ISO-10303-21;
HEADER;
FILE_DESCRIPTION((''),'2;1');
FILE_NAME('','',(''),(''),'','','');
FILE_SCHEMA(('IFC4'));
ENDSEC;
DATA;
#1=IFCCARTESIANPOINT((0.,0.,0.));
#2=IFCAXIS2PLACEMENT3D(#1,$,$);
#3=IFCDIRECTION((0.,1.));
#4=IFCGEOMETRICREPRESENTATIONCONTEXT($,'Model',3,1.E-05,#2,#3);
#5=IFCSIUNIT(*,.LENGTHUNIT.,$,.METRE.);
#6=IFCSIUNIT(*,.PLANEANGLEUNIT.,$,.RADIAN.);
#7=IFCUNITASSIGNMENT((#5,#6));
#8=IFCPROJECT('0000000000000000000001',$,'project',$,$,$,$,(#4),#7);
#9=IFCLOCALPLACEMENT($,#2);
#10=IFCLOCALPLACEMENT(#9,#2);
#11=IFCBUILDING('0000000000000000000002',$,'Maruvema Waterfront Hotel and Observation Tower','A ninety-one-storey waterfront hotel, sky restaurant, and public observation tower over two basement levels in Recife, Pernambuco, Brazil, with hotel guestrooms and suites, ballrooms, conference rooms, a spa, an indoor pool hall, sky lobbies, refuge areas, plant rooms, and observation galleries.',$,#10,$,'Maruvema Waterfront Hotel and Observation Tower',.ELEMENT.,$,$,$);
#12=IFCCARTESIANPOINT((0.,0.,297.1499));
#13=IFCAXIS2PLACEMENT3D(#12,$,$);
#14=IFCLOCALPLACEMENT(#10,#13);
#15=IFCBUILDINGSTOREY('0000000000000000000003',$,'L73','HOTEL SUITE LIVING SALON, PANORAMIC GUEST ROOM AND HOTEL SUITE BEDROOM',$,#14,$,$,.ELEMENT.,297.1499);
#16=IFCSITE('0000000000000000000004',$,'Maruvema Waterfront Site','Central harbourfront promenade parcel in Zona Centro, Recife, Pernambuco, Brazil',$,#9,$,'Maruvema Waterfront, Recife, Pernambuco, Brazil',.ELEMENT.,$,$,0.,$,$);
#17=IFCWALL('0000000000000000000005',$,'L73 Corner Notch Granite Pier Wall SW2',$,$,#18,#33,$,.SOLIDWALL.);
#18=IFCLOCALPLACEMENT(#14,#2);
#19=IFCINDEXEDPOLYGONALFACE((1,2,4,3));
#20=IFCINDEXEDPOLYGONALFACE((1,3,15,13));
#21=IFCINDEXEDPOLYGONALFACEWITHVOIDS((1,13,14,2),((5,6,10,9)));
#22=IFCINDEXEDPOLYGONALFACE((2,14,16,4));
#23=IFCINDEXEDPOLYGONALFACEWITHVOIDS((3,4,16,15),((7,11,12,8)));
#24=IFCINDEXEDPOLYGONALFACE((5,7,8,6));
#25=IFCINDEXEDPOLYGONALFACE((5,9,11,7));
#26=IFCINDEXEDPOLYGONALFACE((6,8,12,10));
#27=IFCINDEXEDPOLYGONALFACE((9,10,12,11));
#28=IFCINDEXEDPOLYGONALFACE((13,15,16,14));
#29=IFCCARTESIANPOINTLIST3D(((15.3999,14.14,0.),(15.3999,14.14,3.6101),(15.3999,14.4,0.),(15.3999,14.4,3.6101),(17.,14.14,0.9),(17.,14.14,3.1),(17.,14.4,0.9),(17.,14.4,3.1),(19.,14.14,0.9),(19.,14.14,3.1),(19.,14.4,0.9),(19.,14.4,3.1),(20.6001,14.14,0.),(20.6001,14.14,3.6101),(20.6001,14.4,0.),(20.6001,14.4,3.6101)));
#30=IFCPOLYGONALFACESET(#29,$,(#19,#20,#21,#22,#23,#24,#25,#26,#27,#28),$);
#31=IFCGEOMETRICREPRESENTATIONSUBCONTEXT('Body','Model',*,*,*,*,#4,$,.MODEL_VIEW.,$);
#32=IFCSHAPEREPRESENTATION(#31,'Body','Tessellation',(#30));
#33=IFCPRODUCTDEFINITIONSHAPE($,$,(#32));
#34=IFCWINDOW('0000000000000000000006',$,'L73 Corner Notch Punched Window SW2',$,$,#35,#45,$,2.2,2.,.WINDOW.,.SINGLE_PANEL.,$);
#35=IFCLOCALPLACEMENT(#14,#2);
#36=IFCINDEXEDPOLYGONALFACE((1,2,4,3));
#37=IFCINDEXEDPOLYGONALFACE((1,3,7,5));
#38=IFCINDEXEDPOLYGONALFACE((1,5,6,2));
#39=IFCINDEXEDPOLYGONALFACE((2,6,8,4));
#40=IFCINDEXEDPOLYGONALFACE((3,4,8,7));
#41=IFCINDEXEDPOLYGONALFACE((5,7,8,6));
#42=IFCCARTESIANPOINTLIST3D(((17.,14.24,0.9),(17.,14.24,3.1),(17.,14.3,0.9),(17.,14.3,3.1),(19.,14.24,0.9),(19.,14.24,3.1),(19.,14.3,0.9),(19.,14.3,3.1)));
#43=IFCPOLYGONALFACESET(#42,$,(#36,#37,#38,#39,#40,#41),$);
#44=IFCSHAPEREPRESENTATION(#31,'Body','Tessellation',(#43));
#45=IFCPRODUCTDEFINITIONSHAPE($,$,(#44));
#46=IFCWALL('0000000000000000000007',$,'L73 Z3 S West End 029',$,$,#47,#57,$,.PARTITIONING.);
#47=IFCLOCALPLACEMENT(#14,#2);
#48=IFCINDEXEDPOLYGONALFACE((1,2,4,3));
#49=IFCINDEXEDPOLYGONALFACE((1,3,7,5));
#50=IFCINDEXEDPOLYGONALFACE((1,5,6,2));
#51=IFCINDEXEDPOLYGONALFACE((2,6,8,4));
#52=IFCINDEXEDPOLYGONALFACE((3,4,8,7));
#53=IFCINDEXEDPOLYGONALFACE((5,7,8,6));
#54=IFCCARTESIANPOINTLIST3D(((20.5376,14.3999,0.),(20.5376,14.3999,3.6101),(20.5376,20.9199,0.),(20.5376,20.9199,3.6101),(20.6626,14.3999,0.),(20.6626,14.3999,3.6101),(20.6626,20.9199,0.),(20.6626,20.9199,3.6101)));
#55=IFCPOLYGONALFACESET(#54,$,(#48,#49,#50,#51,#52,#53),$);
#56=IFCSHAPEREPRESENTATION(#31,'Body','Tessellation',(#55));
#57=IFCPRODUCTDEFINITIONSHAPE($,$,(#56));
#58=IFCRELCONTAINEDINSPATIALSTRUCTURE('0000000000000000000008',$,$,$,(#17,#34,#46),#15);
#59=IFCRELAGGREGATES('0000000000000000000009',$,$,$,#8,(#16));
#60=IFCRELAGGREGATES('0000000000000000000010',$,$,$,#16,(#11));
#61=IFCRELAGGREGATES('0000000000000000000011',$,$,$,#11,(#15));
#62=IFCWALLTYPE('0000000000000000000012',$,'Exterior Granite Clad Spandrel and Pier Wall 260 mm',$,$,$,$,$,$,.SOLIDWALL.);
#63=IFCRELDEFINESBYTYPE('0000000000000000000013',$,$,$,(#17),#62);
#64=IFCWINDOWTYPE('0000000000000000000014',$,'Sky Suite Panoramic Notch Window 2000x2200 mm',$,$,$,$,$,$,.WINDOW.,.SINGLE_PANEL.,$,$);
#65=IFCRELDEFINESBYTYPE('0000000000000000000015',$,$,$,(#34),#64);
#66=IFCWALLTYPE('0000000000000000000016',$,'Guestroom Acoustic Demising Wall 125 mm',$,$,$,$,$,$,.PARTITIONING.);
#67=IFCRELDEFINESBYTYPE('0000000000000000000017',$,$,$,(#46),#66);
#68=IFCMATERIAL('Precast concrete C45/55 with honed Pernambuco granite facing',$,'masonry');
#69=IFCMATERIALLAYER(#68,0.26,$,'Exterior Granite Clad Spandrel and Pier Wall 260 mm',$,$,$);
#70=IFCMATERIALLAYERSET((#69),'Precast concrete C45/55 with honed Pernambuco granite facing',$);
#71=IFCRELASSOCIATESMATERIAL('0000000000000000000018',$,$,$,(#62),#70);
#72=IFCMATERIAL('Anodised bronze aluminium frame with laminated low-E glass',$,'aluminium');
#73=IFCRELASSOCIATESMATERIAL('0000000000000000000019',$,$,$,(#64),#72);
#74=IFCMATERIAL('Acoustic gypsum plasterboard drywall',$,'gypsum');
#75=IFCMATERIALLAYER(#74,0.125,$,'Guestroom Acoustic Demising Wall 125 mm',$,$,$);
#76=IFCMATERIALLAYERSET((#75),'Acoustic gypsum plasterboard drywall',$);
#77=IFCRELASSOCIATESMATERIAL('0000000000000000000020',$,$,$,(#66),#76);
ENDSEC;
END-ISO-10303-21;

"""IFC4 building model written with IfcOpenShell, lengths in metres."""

from ifc_helpers import new_model, si_unit, direction, frame, frame_2d, origin, place, context, subcontext, project, spatial, rectangle, extrude, material, layer, layer_set, type_object, element, fill, save


model = new_model("IFC4")

# Units and contexts
model_context = context("Model", 3, precision=1e-05, world=origin(), true_north=direction((0.0, 1.0)))
body_context = subcontext(model_context, "Body", "Model", "MODEL_VIEW")
ifc_project = project(units=[si_unit("LENGTHUNIT", "METRE"), si_unit("PLANEANGLEUNIT", "RADIAN")], contexts=[model_context])

# Site, building, storey
site_placement = place(None, origin())
site = spatial("IfcSite", under=ifc_project, at=site_placement, Name="Maruvema Waterfront Site", Description="Central harbourfront promenade parcel in Zona Centro, Recife, Pernambuco, Brazil", LongName="Maruvema Waterfront, Recife, Pernambuco, Brazil", CompositionType="ELEMENT", RefElevation=0.0)
building_placement = place(site_placement, origin())
building = spatial("IfcBuilding", under=site, at=building_placement, Name="Maruvema Waterfront Hotel and Observation Tower", Description="A ninety-one-storey waterfront hotel, sky restaurant, and public observation tower over two basement levels in Recife, Pernambuco, Brazil, with hotel guestrooms and suites, ballrooms, conference rooms, a spa, an indoor pool hall, sky lobbies, refuge areas, plant rooms, and observation galleries.", LongName="Maruvema Waterfront Hotel and Observation Tower", CompositionType="ELEMENT")
storey_placement = place(building_placement, frame((0.0, 0.0, 297.1499)))
storey = spatial("IfcBuildingStorey", under=building, at=storey_placement, Name="L73", Description="HOTEL SUITE LIVING SALON, PANORAMIC GUEST ROOM AND HOTEL SUITE BEDROOM", CompositionType="ELEMENT", Elevation=297.1499)

# Shared definitions
ifc_material_1 = material(Name="Precast concrete C45/55 with honed Pernambuco granite facing", Category="masonry")
ifc_layer_1 = layer(ifc_material_1, 0.26, Name="Exterior Granite Clad Spandrel and Pier Wall 260 mm")
ifc_layer_set_1 = layer_set([ifc_layer_1], Name="Precast concrete C45/55 with honed Pernambuco granite facing")
wall_type_1 = type_object("IfcWallType", Name="Exterior Granite Clad Spandrel and Pier Wall 260 mm", PredefinedType="SOLIDWALL", material=ifc_layer_set_1)

# Wall, opening, window
wall_1_placement = place(storey_placement, frame((20.6001, 14.27, 0.0), z_axis=(0.0, 0.0, 1.0), x_axis=(-1.0, 0.0, 0.0)))
wall_1 = element("IfcWall", 1, at=wall_1_placement, inside=storey, type_object=wall_type_1, Name="L73 Corner Notch Granite Pier Wall SW2", PredefinedType="SOLIDWALL", context=body_context, shape_type="SweptSolid", body=[
    extrude(rectangle(XDim=5.2002, YDim=0.26, at=frame_2d((2.6001, 0.0))), origin(), (0.0, 0.0, 1.0), 3.6101),
])
opening_placement = place(wall_1_placement, frame((1.6001, 0.0, 0.8999)))
opening = element("IfcOpeningElement", 2, at=opening_placement, cuts=wall_1, PredefinedType="OPENING", context=body_context, shape_type="SweptSolid", body=[
    extrude(rectangle(XDim=2.0, YDim=2.2, at=frame_2d((1.0, 1.1001))), frame((0.0, 0.1401, 0.0), z_axis=(0.0, -1.0, 0.0), x_axis=(1.0, 0.0, 0.0)), (0.0, 0.0, 1.0), 0.28),
])
ifc_material_2 = material(Name="Anodised bronze aluminium frame with laminated low-E glass", Category="aluminium")
window_type = type_object("IfcWindowType", Name="Sky Suite Panoramic Notch Window 2000x2200 mm", PartitioningType="SINGLE_PANEL", PredefinedType="WINDOW", material=ifc_material_2)
window_placement = place(opening_placement, origin())
window = element("IfcWindow", 3, at=window_placement, inside=storey, type_object=window_type, Name="L73 Corner Notch Punched Window SW2", OverallHeight=2.2, OverallWidth=2.0, PartitioningType="SINGLE_PANEL", PredefinedType="WINDOW", context=body_context, shape_type="SweptSolid", body=[
    extrude(rectangle(XDim=2.0, YDim=2.2, at=frame_2d((1.0, 1.1001))), frame((0.0, 0.03, 0.0), z_axis=(0.0, -1.0, 0.0), x_axis=(1.0, 0.0, 0.0)), (0.0, 0.0, 1.0), 0.0601),
])
fill(opening, window)

# Wall
ifc_material_3 = material(Name="Acoustic gypsum plasterboard drywall", Category="gypsum")
ifc_layer_2 = layer(ifc_material_3, 0.125, Name="Guestroom Acoustic Demising Wall 125 mm")
ifc_layer_set_2 = layer_set([ifc_layer_2], Name="Acoustic gypsum plasterboard drywall")
wall_type_2 = type_object("IfcWallType", Name="Guestroom Acoustic Demising Wall 125 mm", PredefinedType="PARTITIONING", material=ifc_layer_set_2)
wall_2_placement = place(storey_placement, frame((20.6001, 14.3999, 0.0), z_axis=(0.0, 0.0, 1.0), x_axis=(0.0, 1.0, 0.0)))
element("IfcWall", 4, at=wall_2_placement, inside=storey, type_object=wall_type_2, Name="L73 Z3 S West End 029", PredefinedType="PARTITIONING", context=body_context, shape_type="SweptSolid", body=[
    extrude(rectangle(XDim=6.52, YDim=0.125, at=frame_2d((3.26, 0.0))), origin(), (0.0, 0.0, 1.0), 3.6101),
])

save(model, "model.ifc")
